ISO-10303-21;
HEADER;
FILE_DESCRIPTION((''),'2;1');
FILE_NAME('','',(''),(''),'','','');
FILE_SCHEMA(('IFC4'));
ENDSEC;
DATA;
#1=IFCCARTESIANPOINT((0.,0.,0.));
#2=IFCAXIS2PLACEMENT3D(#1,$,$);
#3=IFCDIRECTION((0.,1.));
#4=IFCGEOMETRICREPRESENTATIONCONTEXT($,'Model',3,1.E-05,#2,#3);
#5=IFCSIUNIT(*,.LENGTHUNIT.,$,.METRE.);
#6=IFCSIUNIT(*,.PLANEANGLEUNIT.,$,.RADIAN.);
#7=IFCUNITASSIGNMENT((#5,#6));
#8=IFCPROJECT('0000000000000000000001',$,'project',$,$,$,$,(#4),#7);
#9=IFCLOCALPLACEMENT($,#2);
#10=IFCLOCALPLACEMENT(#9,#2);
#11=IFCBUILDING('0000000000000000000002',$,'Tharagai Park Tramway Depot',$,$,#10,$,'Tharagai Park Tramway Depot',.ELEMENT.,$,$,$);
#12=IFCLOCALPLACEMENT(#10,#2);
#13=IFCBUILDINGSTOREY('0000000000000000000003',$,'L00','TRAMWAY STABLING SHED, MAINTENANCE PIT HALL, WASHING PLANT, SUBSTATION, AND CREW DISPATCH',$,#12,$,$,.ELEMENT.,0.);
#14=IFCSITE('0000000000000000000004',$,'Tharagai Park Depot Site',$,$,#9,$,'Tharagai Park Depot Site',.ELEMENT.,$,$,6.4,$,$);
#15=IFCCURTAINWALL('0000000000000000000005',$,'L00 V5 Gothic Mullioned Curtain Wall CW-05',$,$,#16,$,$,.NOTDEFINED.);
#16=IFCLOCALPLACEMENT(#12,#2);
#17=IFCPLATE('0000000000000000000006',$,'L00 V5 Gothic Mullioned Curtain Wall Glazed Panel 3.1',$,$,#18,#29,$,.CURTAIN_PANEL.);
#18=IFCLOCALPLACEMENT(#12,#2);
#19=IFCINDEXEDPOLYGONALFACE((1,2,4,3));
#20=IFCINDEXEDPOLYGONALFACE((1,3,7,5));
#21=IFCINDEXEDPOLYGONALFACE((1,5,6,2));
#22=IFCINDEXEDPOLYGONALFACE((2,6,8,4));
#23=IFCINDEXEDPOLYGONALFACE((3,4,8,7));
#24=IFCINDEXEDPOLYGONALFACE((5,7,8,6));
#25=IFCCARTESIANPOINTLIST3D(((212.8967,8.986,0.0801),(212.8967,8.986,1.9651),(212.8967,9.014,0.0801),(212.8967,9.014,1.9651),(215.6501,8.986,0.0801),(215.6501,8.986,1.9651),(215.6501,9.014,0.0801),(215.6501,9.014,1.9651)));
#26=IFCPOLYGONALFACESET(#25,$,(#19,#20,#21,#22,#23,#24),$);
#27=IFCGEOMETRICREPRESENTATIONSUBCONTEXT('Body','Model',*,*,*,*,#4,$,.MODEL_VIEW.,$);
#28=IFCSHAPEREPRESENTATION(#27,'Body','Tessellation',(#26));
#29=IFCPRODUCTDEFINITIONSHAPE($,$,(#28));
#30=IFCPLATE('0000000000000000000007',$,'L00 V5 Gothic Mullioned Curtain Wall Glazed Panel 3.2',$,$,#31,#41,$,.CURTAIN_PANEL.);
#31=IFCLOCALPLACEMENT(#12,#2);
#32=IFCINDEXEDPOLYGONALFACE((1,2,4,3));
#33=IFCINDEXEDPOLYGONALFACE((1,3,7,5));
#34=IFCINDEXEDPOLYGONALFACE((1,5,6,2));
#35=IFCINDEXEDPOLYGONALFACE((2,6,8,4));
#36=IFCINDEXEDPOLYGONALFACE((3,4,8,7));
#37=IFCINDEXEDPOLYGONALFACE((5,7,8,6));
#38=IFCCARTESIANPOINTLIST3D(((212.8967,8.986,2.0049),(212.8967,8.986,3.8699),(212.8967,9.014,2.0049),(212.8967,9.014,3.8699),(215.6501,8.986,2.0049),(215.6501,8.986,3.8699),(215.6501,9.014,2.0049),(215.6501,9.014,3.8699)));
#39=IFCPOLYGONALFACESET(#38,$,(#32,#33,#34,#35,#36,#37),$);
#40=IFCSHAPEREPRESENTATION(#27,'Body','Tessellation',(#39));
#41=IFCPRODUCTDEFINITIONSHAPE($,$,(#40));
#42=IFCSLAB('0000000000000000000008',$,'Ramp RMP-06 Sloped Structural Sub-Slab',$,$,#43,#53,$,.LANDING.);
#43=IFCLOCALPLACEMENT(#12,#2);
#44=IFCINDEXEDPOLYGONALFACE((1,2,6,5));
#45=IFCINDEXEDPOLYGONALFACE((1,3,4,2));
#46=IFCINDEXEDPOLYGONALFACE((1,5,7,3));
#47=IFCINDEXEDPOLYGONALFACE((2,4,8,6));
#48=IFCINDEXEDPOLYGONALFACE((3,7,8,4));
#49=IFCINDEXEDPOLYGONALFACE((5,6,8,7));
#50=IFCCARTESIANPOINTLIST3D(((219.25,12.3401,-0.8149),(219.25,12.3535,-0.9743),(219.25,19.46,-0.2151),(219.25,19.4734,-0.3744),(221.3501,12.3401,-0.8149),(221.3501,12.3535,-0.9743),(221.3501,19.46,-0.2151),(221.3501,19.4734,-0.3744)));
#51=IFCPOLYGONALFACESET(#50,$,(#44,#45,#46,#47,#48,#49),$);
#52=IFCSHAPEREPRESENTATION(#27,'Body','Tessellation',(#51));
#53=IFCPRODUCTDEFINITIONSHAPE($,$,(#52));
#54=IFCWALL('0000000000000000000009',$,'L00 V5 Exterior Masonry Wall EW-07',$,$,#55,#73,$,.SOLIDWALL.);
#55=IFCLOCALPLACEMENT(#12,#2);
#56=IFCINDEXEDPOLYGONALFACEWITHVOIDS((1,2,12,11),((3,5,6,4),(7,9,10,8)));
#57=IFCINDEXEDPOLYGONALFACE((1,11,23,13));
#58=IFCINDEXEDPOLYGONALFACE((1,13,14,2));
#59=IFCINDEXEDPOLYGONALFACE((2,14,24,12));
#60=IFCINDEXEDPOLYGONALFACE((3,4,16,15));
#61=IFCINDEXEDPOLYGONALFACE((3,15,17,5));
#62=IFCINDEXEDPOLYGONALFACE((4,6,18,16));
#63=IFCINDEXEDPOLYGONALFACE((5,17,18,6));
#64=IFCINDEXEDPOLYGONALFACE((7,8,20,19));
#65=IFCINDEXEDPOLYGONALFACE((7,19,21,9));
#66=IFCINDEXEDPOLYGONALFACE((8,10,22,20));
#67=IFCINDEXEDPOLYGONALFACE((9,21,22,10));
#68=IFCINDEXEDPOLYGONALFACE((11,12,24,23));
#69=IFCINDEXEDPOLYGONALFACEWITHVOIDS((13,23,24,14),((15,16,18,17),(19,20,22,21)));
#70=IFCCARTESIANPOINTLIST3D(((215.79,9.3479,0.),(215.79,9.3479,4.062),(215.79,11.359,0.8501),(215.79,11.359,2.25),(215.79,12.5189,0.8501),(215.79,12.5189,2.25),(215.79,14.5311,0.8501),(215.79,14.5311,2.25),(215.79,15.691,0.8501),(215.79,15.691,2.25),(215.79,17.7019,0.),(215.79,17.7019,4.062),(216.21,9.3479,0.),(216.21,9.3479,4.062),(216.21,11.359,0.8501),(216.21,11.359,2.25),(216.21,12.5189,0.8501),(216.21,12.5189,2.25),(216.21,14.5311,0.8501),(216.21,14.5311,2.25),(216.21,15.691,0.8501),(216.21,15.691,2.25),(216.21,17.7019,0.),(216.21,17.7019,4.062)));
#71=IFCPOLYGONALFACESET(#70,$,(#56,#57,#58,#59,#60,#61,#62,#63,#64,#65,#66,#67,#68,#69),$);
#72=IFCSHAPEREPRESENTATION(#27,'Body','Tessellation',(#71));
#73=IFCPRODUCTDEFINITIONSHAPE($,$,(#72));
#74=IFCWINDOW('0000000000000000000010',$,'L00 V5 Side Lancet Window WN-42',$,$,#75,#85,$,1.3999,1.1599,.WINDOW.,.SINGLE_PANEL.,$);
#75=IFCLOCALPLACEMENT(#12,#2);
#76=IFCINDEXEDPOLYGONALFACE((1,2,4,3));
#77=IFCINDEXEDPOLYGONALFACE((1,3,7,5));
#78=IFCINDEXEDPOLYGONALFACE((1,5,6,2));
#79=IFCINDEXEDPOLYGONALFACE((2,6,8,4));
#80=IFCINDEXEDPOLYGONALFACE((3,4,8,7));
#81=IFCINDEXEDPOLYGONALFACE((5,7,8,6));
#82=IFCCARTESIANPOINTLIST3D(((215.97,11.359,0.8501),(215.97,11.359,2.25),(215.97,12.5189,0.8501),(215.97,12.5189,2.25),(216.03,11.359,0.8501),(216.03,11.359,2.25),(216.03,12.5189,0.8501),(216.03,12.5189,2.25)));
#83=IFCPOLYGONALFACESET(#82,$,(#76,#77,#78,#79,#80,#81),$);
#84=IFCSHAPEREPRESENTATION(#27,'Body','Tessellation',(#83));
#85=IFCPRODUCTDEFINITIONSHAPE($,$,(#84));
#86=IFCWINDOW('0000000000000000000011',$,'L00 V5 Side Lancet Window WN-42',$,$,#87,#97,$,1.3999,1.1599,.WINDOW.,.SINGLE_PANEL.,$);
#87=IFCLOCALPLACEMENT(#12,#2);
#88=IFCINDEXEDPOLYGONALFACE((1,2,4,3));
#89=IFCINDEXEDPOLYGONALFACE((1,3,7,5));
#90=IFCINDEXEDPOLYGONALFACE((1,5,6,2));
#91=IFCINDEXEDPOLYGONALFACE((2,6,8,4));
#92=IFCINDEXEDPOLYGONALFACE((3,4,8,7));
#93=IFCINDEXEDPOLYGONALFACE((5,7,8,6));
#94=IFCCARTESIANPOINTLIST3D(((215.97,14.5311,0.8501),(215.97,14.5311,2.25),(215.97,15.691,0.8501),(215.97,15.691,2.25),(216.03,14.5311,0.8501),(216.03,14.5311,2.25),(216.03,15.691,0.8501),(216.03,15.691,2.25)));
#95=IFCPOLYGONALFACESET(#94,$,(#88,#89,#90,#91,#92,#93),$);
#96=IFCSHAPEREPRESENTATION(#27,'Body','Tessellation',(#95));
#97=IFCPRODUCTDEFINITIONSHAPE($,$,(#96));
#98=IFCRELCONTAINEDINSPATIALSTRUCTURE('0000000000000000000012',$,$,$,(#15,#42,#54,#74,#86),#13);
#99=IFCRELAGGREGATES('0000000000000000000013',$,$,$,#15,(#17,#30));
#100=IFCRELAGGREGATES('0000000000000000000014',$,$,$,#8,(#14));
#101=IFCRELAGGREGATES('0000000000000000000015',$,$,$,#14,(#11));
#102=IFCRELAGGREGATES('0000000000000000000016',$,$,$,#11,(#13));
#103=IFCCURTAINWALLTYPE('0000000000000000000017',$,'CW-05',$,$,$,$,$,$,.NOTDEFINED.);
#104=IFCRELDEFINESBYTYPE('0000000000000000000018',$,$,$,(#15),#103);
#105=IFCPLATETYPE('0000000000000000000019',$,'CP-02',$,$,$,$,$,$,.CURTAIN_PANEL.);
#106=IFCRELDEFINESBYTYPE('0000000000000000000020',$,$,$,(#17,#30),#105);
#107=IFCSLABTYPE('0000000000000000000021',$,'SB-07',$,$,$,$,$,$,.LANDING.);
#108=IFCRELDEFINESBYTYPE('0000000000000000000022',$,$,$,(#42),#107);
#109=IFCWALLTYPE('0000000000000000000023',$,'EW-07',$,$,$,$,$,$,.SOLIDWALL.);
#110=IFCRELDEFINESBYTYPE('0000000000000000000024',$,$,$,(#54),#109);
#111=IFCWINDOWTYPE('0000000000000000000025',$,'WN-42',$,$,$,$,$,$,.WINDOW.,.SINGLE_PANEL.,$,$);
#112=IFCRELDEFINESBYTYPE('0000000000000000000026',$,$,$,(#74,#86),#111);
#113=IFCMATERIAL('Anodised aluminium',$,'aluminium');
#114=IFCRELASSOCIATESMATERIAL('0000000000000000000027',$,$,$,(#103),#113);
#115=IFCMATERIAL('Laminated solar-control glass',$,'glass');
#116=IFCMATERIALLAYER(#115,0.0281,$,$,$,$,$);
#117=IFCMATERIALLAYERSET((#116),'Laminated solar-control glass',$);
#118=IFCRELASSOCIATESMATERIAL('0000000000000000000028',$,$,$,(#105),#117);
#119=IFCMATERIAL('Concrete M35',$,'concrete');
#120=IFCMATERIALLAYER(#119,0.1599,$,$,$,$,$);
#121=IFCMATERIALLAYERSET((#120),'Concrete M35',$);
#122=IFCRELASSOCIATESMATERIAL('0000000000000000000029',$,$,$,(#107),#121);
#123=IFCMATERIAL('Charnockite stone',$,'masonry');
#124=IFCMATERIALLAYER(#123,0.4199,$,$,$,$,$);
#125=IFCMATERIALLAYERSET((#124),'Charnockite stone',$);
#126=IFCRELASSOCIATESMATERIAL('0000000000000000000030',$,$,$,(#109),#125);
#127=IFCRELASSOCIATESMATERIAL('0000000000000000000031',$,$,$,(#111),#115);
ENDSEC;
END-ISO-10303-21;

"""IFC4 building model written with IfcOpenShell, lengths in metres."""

from ifc_helpers import new_model, si_unit, direction, frame, frame_2d, origin, origin_2d, place, context, subcontext, project, spatial, polyline, rectangle, outline, extrude, material, layer, layer_set, type_object, element, fill, aggregate, save


model = new_model("IFC4")

# Units and contexts
model_context = context("Model", 3, precision=1e-05, world=origin(), true_north=direction((0.0, 1.0)))
body_context = subcontext(model_context, "Body", "Model", "MODEL_VIEW")
ifc_project = project(units=[si_unit("LENGTHUNIT", "METRE"), si_unit("PLANEANGLEUNIT", "RADIAN")], contexts=[model_context])

# Site, building, storey
site_placement = place(None, origin())
site = spatial("IfcSite", under=ifc_project, at=site_placement, Name="Tharagai Park Depot Site", LongName="Tharagai Park Depot Site", CompositionType="ELEMENT", RefElevation=6.4)
building_placement = place(site_placement, origin())
building = spatial("IfcBuilding", under=site, at=building_placement, Name="Tharagai Park Tramway Depot", LongName="Tharagai Park Tramway Depot", CompositionType="ELEMENT")
storey_placement = place(building_placement, origin())
storey = spatial("IfcBuildingStorey", under=building, at=storey_placement, Name="L00", Description="TRAMWAY STABLING SHED, MAINTENANCE PIT HALL, WASHING PLANT, SUBSTATION, AND CREW DISPATCH", CompositionType="ELEMENT", Elevation=0.0)

# Curtain wall, plates
ifc_material_1 = material(Name="Anodised aluminium", Category="aluminium")
curtain_wall_type = type_object("IfcCurtainWallType", Name="CW-05", PredefinedType="NOTDEFINED", material=ifc_material_1)
curtain_wall_placement = place(storey_placement, origin())
curtain_wall = element("IfcCurtainWall", 1, at=curtain_wall_placement, inside=storey, type_object=curtain_wall_type, Name="L00 V5 Gothic Mullioned Curtain Wall CW-05", PredefinedType="NOTDEFINED")
ifc_material_2 = material(Name="Laminated solar-control glass", Category="glass")
ifc_layer_1 = layer(ifc_material_2, 0.0281)
ifc_layer_set_1 = layer_set([ifc_layer_1], Name="Laminated solar-control glass")
plate_type = type_object("IfcPlateType", Name="CP-02", PredefinedType="CURTAIN_PANEL", material=ifc_layer_set_1)
plate_1_placement = place(storey_placement, frame((214.2734, 9.0, 0.0801), z_axis=(0.0, 0.0, 1.0), x_axis=(1.0, 0.0, 0.0)))
plate_1 = element("IfcPlate", 2, at=plate_1_placement, type_object=plate_type, Name="L00 V5 Gothic Mullioned Curtain Wall Glazed Panel 3.1", PredefinedType="CURTAIN_PANEL", context=body_context, shape_type="SweptSolid", body=[
    extrude(rectangle(XDim=2.7534, YDim=0.0281, at=origin_2d()), origin(), (0.0, 0.0, 1.0), 1.885),
])
plate_2_placement = place(storey_placement, frame((214.2734, 9.0, 2.0049), z_axis=(0.0, 0.0, 1.0), x_axis=(1.0, 0.0, 0.0)))
plate_2 = element("IfcPlate", 3, at=plate_2_placement, type_object=plate_type, Name="L00 V5 Gothic Mullioned Curtain Wall Glazed Panel 3.2", PredefinedType="CURTAIN_PANEL", context=body_context, shape_type="SweptSolid", body=[
    extrude(rectangle(XDim=2.7534, YDim=0.0281, at=origin_2d()), origin(), (0.0, 0.0, 1.0), 1.865),
])
aggregate(curtain_wall, [plate_1, plate_2])

# Slab
ifc_material_3 = material(Name="Concrete M35", Category="concrete")
ifc_layer_2 = layer(ifc_material_3, 0.1599)
ifc_layer_set_2 = layer_set([ifc_layer_2], Name="Concrete M35")
slab_type = type_object("IfcSlabType", Name="SB-07", PredefinedType="LANDING", material=ifc_layer_set_2)
slab_placement = place(storey_placement, frame((221.3501, 12.3401, -0.8149), z_axis=(0.0, -0.083953, 0.99647), x_axis=(-1.0, 0.0, 0.0)))
element("IfcSlab", 4, at=slab_placement, inside=storey, type_object=slab_type, Name="Ramp RMP-06 Sloped Structural Sub-Slab", PredefinedType="LANDING", context=body_context, shape_type="SweptSolid", body=[
    extrude(outline(polyline([(0.0, 0.0), (2.1001, 0.0), (2.1001, -7.1451), (0.0, -7.1451), (0.0, 0.0)])), origin(), (0.0, 0.0, -1.0), 0.1599),
])

# Wall, openings, windows
ifc_material_4 = material(Name="Charnockite stone", Category="masonry")
ifc_layer_3 = layer(ifc_material_4, 0.4199)
ifc_layer_set_3 = layer_set([ifc_layer_3], Name="Charnockite stone")
wall_type = type_object("IfcWallType", Name="EW-07", PredefinedType="SOLIDWALL", material=ifc_layer_set_3)
wall_placement = place(storey_placement, frame((216.0, 9.3479, 0.0), z_axis=(0.0, 0.0, 1.0), x_axis=(0.0, 1.0, 0.0)))
wall = element("IfcWall", 5, at=wall_placement, inside=storey, type_object=wall_type, Name="L00 V5 Exterior Masonry Wall EW-07", PredefinedType="SOLIDWALL", context=body_context, shape_type="SweptSolid", body=[
    extrude(rectangle(XDim=8.354, YDim=0.4199, at=frame_2d((4.177, 0.0))), origin(), (0.0, 0.0, 1.0), 4.062),
])
opening_1_placement = place(wall_placement, frame((2.011, 0.0, 0.8501)))
opening_1 = element("IfcOpeningElement", 6, at=opening_1_placement, cuts=wall, PredefinedType="OPENING", context=body_context, shape_type="SweptSolid", body=[
    extrude(rectangle(XDim=1.1599, YDim=1.3999, at=frame_2d((0.5801, 0.7))), frame((0.0, 0.22, 0.0), z_axis=(0.0, -1.0, 0.0), x_axis=(1.0, 0.0, 0.0)), (0.0, 0.0, 1.0), 0.4399),
])
opening_2_placement = place(wall_placement, frame((5.1831, 0.0, 0.8501)))
opening_2 = element("IfcOpeningElement", 7, at=opening_2_placement, cuts=wall, PredefinedType="OPENING", context=body_context, shape_type="SweptSolid", body=[
    extrude(rectangle(XDim=1.1599, YDim=1.3999, at=frame_2d((0.5801, 0.7))), frame((0.0, 0.22, 0.0), z_axis=(0.0, -1.0, 0.0), x_axis=(1.0, 0.0, 0.0)), (0.0, 0.0, 1.0), 0.4399),
])
window_type = type_object("IfcWindowType", Name="WN-42", PartitioningType="SINGLE_PANEL", PredefinedType="WINDOW", material=ifc_material_2)
window_1_placement = place(opening_1_placement, origin())
window_1 = element("IfcWindow", 8, at=window_1_placement, inside=storey, type_object=window_type, Name="L00 V5 Side Lancet Window WN-42", OverallHeight=1.3999, OverallWidth=1.1599, PartitioningType="SINGLE_PANEL", PredefinedType="WINDOW", context=body_context, shape_type="SweptSolid", body=[
    extrude(rectangle(XDim=1.1599, YDim=1.3999, at=frame_2d((0.5801, 0.7))), frame((0.0, 0.03, 0.0), z_axis=(0.0, -1.0, 0.0), x_axis=(1.0, 0.0, 0.0)), (0.0, 0.0, 1.0), 0.0601),
])
fill(opening_1, window_1)
window_2_placement = place(opening_2_placement, origin())
window_2 = element("IfcWindow", 9, at=window_2_placement, inside=storey, type_object=window_type, Name="L00 V5 Side Lancet Window WN-42", OverallHeight=1.3999, OverallWidth=1.1599, PartitioningType="SINGLE_PANEL", PredefinedType="WINDOW", context=body_context, shape_type="SweptSolid", body=[
    extrude(rectangle(XDim=1.1599, YDim=1.3999, at=frame_2d((0.5801, 0.7))), frame((0.0, 0.03, 0.0), z_axis=(0.0, -1.0, 0.0), x_axis=(1.0, 0.0, 0.0)), (0.0, 0.0, 1.0), 0.0601),
])
fill(opening_2, window_2)

save(model, "model.ifc")
